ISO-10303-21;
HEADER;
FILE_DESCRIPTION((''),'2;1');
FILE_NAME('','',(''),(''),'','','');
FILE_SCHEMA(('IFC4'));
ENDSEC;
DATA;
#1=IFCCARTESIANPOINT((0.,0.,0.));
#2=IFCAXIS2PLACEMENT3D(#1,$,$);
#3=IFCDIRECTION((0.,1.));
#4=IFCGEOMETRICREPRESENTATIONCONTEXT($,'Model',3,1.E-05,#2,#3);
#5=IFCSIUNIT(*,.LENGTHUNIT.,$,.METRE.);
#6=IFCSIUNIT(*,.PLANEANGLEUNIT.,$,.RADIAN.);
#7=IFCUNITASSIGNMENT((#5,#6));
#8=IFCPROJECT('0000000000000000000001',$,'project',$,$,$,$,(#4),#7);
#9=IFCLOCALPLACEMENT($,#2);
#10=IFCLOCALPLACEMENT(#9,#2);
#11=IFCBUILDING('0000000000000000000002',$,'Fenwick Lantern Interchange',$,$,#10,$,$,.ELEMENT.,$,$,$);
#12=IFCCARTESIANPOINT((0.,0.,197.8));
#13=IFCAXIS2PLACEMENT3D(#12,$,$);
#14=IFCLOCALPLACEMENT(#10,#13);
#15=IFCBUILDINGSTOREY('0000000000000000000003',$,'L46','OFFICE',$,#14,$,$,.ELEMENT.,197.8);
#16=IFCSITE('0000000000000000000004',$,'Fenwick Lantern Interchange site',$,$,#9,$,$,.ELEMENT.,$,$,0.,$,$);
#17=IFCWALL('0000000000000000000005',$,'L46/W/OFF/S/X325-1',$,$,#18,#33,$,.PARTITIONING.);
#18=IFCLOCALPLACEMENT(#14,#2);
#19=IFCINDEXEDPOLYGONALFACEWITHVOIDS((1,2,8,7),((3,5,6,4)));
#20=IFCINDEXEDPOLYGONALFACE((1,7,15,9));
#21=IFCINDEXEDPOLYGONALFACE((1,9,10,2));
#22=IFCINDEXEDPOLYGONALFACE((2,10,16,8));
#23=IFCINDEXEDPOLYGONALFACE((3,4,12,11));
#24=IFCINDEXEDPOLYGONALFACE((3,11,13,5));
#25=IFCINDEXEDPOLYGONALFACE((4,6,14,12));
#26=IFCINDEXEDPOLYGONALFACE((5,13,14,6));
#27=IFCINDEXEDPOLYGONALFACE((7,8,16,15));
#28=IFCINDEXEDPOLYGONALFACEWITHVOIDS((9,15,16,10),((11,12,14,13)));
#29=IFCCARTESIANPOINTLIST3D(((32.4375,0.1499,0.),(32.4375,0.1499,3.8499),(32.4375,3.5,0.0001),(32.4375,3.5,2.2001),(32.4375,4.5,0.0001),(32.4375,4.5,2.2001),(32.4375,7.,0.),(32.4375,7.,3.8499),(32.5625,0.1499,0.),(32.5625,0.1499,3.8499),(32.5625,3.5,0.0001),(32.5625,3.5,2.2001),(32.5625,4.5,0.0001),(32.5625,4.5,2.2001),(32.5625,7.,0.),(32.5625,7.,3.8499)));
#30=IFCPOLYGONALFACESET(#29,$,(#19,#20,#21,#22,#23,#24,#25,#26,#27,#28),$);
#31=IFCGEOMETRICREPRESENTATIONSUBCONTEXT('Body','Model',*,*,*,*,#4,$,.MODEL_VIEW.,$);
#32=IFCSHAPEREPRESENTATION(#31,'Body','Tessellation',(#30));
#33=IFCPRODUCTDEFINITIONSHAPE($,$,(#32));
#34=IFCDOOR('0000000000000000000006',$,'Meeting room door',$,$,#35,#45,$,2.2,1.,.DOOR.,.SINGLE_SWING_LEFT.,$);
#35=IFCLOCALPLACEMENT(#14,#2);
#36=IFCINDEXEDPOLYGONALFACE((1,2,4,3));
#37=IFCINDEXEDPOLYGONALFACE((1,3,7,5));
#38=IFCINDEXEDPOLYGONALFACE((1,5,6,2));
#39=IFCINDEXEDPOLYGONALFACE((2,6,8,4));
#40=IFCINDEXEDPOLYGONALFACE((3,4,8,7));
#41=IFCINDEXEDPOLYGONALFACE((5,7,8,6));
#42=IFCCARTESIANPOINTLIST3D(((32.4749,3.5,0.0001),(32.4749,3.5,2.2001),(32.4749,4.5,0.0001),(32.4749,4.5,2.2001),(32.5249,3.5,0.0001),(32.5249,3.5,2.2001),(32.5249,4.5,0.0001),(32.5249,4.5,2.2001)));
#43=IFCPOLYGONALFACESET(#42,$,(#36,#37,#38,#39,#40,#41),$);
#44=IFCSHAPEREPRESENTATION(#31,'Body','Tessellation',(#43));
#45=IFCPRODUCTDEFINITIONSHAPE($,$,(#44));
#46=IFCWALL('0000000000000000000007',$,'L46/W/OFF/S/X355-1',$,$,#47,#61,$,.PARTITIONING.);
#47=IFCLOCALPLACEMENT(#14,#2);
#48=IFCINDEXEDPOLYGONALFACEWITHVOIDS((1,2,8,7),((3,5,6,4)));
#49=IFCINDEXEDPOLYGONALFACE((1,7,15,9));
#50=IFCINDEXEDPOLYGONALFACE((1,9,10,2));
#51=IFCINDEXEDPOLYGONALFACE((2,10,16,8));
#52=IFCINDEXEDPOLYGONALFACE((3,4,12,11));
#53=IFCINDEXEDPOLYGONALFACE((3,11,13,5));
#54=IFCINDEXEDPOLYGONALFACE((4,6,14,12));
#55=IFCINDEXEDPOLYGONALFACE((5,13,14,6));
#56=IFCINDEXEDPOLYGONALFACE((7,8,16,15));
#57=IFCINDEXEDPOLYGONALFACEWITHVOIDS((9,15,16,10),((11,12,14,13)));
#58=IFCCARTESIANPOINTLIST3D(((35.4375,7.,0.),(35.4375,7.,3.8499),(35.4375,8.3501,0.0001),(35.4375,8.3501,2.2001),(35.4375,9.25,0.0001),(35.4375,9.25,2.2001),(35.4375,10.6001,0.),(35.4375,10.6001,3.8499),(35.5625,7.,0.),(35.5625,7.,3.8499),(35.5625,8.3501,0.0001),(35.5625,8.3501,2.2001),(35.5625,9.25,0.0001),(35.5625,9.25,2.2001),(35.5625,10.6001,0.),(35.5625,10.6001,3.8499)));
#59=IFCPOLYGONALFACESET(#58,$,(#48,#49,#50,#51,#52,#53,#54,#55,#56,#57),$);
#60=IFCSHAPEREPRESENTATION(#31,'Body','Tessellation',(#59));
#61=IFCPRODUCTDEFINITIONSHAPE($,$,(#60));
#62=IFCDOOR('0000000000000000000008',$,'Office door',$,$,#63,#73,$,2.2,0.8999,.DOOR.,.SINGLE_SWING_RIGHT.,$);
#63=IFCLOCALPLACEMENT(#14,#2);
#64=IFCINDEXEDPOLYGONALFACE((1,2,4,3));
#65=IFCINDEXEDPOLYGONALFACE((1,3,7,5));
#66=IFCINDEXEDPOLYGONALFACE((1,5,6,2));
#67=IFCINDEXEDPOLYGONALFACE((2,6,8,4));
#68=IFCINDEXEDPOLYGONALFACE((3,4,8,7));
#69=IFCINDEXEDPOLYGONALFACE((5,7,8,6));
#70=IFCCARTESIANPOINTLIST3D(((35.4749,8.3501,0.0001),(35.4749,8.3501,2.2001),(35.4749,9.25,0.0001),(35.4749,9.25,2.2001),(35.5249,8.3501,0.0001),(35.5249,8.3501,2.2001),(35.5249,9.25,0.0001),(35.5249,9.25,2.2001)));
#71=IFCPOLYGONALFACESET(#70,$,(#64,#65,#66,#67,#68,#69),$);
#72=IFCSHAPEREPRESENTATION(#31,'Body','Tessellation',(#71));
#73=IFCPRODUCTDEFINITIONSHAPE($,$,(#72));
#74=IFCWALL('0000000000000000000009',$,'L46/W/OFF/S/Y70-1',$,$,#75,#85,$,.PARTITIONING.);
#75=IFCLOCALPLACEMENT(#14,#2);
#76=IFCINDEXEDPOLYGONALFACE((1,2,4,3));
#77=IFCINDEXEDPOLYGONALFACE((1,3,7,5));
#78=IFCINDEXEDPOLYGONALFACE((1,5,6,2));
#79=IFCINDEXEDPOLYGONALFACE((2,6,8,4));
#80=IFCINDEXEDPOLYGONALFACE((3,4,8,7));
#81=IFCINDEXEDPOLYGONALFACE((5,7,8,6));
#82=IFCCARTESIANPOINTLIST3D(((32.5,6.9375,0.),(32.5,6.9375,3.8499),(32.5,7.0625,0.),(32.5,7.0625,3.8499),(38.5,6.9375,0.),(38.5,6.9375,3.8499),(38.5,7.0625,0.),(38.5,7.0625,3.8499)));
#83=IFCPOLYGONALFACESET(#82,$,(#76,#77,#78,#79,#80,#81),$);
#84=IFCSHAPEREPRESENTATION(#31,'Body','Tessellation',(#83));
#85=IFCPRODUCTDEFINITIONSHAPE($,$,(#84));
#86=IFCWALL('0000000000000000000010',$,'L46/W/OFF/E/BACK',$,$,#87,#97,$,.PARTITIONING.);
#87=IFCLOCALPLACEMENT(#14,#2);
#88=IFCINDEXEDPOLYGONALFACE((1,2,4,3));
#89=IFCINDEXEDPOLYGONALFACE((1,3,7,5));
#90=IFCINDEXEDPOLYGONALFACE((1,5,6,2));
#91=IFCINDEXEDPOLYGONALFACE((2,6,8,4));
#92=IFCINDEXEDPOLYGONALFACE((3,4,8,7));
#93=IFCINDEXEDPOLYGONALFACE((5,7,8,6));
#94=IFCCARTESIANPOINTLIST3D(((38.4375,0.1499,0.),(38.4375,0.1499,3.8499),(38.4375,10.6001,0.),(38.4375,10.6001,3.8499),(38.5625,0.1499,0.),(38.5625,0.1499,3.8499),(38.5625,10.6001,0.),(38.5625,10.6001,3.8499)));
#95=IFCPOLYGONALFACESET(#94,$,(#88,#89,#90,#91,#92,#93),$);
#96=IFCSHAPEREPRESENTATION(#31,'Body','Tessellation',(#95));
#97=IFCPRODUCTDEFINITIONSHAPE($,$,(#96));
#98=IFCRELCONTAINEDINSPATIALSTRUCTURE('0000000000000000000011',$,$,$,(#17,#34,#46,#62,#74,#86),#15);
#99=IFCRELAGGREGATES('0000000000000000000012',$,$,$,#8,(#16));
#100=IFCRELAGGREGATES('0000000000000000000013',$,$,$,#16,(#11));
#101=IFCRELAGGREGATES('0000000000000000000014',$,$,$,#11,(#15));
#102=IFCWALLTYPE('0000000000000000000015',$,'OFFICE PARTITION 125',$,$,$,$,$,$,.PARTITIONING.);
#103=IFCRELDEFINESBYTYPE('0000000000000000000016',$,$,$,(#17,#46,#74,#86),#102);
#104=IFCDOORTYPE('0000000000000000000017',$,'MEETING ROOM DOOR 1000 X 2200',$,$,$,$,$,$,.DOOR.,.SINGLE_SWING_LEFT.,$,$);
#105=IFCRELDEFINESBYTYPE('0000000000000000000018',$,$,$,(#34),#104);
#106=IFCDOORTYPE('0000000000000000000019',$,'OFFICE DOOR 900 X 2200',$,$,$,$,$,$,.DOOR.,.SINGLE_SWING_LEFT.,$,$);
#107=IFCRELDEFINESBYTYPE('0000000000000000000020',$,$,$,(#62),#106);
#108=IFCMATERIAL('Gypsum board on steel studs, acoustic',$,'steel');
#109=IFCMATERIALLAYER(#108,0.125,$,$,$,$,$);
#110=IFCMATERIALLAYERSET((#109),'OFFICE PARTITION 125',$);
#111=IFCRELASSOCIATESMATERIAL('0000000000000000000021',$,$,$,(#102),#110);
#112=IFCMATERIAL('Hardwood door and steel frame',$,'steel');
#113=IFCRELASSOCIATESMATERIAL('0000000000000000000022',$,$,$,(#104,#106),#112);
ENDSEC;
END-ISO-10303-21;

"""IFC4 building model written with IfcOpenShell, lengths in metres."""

from ifc_helpers import new_model, si_unit, direction, frame, frame_2d, origin, place, context, subcontext, project, spatial, rectangle, extrude, material, layer, layer_set, type_object, element, fill, save


model = new_model("IFC4")

# Units and contexts
model_context = context("Model", 3, precision=1e-05, world=origin(), true_north=direction((0.0, 1.0)))
body_context = subcontext(model_context, "Body", "Model", "MODEL_VIEW")
ifc_project = project(units=[si_unit("LENGTHUNIT", "METRE"), si_unit("PLANEANGLEUNIT", "RADIAN")], contexts=[model_context])

# Site, building, storey
site_placement = place(None, origin())
site = spatial("IfcSite", under=ifc_project, at=site_placement, Name="Fenwick Lantern Interchange site", CompositionType="ELEMENT", RefElevation=0.0)
building_placement = place(site_placement, origin())
building = spatial("IfcBuilding", under=site, at=building_placement, Name="Fenwick Lantern Interchange", CompositionType="ELEMENT")
storey_placement = place(building_placement, frame((0.0, 0.0, 197.8)))
storey = spatial("IfcBuildingStorey", under=building, at=storey_placement, Name="L46", Description="OFFICE", CompositionType="ELEMENT", Elevation=197.8)

# Walls, openings, doors
ifc_material_1 = material(Name="Gypsum board on steel studs, acoustic", Category="steel")
ifc_layer_1 = layer(ifc_material_1, 0.125)
ifc_layer_set_1 = layer_set([ifc_layer_1], Name="OFFICE PARTITION 125")
wall_type_1 = type_object("IfcWallType", Name="OFFICE PARTITION 125", PredefinedType="PARTITIONING", material=ifc_layer_set_1)
wall_1_placement = place(storey_placement, frame((32.5, 0.1499, 0.0), z_axis=(0.0, 0.0, 1.0), x_axis=(0.0, 1.0, 0.0)))
wall_1 = element("IfcWall", 1, at=wall_1_placement, inside=storey, type_object=wall_type_1, Name="L46/W/OFF/S/X325-1", PredefinedType="PARTITIONING", context=body_context, shape_type="SweptSolid", body=[
    extrude(rectangle(XDim=6.8501, YDim=0.125, at=frame_2d((3.425, 0.0))), origin(), (0.0, 0.0, 1.0), 3.8499),
])
opening_1_placement = place(wall_1_placement, frame((3.3501, 0.0, 0.0)))
opening_1 = element("IfcOpeningElement", 2, at=opening_1_placement, cuts=wall_1, PredefinedType="OPENING", context=body_context, shape_type="SweptSolid", body=[
    extrude(rectangle(XDim=1.0, YDim=2.2, at=frame_2d((0.5, 1.1001))), frame((0.0, 0.0725, 0.0), z_axis=(0.0, -1.0, 0.0), x_axis=(1.0, 0.0, 0.0)), (0.0, 0.0, 1.0), 0.145),
])
ifc_material_2 = material(Name="Hardwood door and steel frame", Category="steel")
door_type_1 = type_object("IfcDoorType", Name="MEETING ROOM DOOR 1000 X 2200", OperationType="SINGLE_SWING_LEFT", PredefinedType="DOOR", material=ifc_material_2)
door_1_placement = place(opening_1_placement, frame((1.0, 0.0, 0.0), z_axis=(0.0, 0.0, 1.0), x_axis=(-1.0, 0.0, 0.0)))
door_1 = element("IfcDoor", 3, at=door_1_placement, inside=storey, type_object=door_type_1, Name="Meeting room door", OperationType="SINGLE_SWING_LEFT", OverallHeight=2.2, OverallWidth=1.0, PredefinedType="DOOR", context=body_context, shape_type="SweptSolid", body=[
    extrude(rectangle(XDim=1.0, YDim=2.2, at=frame_2d((0.5, 1.1001))), frame((0.0, 0.0249, 0.0), z_axis=(0.0, -1.0, 0.0), x_axis=(1.0, 0.0, 0.0)), (0.0, 0.0, 1.0), 0.05),
])
fill(opening_1, door_1)
wall_2_placement = place(storey_placement, frame((35.5, 7.0, 0.0), z_axis=(0.0, 0.0, 1.0), x_axis=(0.0, 1.0, 0.0)))
wall_2 = element("IfcWall", 4, at=wall_2_placement, inside=storey, type_object=wall_type_1, Name="L46/W/OFF/S/X355-1", PredefinedType="PARTITIONING", context=body_context, shape_type="SweptSolid", body=[
    extrude(rectangle(XDim=3.6001, YDim=0.125, at=frame_2d((1.8, 0.0))), origin(), (0.0, 0.0, 1.0), 3.8499),
])
opening_2_placement = place(wall_2_placement, frame((1.3501, 0.0, 0.0)))
opening_2 = element("IfcOpeningElement", 5, at=opening_2_placement, cuts=wall_2, PredefinedType="OPENING", context=body_context, shape_type="SweptSolid", body=[
    extrude(rectangle(XDim=0.8999, YDim=2.2, at=frame_2d((0.45, 1.1001))), frame((0.0, 0.0725, 0.0), z_axis=(0.0, -1.0, 0.0), x_axis=(1.0, 0.0, 0.0)), (0.0, 0.0, 1.0), 0.145),
])
door_type_2 = type_object("IfcDoorType", Name="OFFICE DOOR 900 X 2200", OperationType="SINGLE_SWING_LEFT", PredefinedType="DOOR", material=ifc_material_2)
door_2_placement = place(opening_2_placement, frame((0.8999, 0.0, 0.0), z_axis=(0.0, 0.0, 1.0), x_axis=(-1.0, 0.0, 0.0)))
door_2 = element("IfcDoor", 6, at=door_2_placement, inside=storey, type_object=door_type_2, Name="Office door", OperationType="SINGLE_SWING_RIGHT", OverallHeight=2.2, OverallWidth=0.8999, PredefinedType="DOOR", context=body_context, shape_type="SweptSolid", body=[
    extrude(rectangle(XDim=0.8999, YDim=2.2, at=frame_2d((0.45, 1.1001))), frame((0.0, 0.0249, 0.0), z_axis=(0.0, -1.0, 0.0), x_axis=(1.0, 0.0, 0.0)), (0.0, 0.0, 1.0), 0.05),
])
fill(opening_2, door_2)

# Walls
wall_3_placement = place(storey_placement, frame((32.5, 7.0, 0.0), z_axis=(0.0, 0.0, 1.0), x_axis=(1.0, 0.0, 0.0)))
element("IfcWall", 7, at=wall_3_placement, inside=storey, type_object=wall_type_1, Name="L46/W/OFF/S/Y70-1", PredefinedType="PARTITIONING", context=body_context, shape_type="SweptSolid", body=[
    extrude(rectangle(XDim=6.0, YDim=0.125, at=frame_2d((3.0, 0.0))), origin(), (0.0, 0.0, 1.0), 3.8499),
])
wall_4_placement = place(storey_placement, frame((38.5, 0.1499, 0.0), z_axis=(0.0, 0.0, 1.0), x_axis=(0.0, 1.0, 0.0)))
element("IfcWall", 8, at=wall_4_placement, inside=storey, type_object=wall_type_1, Name="L46/W/OFF/E/BACK", PredefinedType="PARTITIONING", context=body_context, shape_type="SweptSolid", body=[
    extrude(rectangle(XDim=10.4502, YDim=0.125, at=frame_2d((5.2251, 0.0))), origin(), (0.0, 0.0, 1.0), 3.8499),
])

save(model, "model.ifc")
